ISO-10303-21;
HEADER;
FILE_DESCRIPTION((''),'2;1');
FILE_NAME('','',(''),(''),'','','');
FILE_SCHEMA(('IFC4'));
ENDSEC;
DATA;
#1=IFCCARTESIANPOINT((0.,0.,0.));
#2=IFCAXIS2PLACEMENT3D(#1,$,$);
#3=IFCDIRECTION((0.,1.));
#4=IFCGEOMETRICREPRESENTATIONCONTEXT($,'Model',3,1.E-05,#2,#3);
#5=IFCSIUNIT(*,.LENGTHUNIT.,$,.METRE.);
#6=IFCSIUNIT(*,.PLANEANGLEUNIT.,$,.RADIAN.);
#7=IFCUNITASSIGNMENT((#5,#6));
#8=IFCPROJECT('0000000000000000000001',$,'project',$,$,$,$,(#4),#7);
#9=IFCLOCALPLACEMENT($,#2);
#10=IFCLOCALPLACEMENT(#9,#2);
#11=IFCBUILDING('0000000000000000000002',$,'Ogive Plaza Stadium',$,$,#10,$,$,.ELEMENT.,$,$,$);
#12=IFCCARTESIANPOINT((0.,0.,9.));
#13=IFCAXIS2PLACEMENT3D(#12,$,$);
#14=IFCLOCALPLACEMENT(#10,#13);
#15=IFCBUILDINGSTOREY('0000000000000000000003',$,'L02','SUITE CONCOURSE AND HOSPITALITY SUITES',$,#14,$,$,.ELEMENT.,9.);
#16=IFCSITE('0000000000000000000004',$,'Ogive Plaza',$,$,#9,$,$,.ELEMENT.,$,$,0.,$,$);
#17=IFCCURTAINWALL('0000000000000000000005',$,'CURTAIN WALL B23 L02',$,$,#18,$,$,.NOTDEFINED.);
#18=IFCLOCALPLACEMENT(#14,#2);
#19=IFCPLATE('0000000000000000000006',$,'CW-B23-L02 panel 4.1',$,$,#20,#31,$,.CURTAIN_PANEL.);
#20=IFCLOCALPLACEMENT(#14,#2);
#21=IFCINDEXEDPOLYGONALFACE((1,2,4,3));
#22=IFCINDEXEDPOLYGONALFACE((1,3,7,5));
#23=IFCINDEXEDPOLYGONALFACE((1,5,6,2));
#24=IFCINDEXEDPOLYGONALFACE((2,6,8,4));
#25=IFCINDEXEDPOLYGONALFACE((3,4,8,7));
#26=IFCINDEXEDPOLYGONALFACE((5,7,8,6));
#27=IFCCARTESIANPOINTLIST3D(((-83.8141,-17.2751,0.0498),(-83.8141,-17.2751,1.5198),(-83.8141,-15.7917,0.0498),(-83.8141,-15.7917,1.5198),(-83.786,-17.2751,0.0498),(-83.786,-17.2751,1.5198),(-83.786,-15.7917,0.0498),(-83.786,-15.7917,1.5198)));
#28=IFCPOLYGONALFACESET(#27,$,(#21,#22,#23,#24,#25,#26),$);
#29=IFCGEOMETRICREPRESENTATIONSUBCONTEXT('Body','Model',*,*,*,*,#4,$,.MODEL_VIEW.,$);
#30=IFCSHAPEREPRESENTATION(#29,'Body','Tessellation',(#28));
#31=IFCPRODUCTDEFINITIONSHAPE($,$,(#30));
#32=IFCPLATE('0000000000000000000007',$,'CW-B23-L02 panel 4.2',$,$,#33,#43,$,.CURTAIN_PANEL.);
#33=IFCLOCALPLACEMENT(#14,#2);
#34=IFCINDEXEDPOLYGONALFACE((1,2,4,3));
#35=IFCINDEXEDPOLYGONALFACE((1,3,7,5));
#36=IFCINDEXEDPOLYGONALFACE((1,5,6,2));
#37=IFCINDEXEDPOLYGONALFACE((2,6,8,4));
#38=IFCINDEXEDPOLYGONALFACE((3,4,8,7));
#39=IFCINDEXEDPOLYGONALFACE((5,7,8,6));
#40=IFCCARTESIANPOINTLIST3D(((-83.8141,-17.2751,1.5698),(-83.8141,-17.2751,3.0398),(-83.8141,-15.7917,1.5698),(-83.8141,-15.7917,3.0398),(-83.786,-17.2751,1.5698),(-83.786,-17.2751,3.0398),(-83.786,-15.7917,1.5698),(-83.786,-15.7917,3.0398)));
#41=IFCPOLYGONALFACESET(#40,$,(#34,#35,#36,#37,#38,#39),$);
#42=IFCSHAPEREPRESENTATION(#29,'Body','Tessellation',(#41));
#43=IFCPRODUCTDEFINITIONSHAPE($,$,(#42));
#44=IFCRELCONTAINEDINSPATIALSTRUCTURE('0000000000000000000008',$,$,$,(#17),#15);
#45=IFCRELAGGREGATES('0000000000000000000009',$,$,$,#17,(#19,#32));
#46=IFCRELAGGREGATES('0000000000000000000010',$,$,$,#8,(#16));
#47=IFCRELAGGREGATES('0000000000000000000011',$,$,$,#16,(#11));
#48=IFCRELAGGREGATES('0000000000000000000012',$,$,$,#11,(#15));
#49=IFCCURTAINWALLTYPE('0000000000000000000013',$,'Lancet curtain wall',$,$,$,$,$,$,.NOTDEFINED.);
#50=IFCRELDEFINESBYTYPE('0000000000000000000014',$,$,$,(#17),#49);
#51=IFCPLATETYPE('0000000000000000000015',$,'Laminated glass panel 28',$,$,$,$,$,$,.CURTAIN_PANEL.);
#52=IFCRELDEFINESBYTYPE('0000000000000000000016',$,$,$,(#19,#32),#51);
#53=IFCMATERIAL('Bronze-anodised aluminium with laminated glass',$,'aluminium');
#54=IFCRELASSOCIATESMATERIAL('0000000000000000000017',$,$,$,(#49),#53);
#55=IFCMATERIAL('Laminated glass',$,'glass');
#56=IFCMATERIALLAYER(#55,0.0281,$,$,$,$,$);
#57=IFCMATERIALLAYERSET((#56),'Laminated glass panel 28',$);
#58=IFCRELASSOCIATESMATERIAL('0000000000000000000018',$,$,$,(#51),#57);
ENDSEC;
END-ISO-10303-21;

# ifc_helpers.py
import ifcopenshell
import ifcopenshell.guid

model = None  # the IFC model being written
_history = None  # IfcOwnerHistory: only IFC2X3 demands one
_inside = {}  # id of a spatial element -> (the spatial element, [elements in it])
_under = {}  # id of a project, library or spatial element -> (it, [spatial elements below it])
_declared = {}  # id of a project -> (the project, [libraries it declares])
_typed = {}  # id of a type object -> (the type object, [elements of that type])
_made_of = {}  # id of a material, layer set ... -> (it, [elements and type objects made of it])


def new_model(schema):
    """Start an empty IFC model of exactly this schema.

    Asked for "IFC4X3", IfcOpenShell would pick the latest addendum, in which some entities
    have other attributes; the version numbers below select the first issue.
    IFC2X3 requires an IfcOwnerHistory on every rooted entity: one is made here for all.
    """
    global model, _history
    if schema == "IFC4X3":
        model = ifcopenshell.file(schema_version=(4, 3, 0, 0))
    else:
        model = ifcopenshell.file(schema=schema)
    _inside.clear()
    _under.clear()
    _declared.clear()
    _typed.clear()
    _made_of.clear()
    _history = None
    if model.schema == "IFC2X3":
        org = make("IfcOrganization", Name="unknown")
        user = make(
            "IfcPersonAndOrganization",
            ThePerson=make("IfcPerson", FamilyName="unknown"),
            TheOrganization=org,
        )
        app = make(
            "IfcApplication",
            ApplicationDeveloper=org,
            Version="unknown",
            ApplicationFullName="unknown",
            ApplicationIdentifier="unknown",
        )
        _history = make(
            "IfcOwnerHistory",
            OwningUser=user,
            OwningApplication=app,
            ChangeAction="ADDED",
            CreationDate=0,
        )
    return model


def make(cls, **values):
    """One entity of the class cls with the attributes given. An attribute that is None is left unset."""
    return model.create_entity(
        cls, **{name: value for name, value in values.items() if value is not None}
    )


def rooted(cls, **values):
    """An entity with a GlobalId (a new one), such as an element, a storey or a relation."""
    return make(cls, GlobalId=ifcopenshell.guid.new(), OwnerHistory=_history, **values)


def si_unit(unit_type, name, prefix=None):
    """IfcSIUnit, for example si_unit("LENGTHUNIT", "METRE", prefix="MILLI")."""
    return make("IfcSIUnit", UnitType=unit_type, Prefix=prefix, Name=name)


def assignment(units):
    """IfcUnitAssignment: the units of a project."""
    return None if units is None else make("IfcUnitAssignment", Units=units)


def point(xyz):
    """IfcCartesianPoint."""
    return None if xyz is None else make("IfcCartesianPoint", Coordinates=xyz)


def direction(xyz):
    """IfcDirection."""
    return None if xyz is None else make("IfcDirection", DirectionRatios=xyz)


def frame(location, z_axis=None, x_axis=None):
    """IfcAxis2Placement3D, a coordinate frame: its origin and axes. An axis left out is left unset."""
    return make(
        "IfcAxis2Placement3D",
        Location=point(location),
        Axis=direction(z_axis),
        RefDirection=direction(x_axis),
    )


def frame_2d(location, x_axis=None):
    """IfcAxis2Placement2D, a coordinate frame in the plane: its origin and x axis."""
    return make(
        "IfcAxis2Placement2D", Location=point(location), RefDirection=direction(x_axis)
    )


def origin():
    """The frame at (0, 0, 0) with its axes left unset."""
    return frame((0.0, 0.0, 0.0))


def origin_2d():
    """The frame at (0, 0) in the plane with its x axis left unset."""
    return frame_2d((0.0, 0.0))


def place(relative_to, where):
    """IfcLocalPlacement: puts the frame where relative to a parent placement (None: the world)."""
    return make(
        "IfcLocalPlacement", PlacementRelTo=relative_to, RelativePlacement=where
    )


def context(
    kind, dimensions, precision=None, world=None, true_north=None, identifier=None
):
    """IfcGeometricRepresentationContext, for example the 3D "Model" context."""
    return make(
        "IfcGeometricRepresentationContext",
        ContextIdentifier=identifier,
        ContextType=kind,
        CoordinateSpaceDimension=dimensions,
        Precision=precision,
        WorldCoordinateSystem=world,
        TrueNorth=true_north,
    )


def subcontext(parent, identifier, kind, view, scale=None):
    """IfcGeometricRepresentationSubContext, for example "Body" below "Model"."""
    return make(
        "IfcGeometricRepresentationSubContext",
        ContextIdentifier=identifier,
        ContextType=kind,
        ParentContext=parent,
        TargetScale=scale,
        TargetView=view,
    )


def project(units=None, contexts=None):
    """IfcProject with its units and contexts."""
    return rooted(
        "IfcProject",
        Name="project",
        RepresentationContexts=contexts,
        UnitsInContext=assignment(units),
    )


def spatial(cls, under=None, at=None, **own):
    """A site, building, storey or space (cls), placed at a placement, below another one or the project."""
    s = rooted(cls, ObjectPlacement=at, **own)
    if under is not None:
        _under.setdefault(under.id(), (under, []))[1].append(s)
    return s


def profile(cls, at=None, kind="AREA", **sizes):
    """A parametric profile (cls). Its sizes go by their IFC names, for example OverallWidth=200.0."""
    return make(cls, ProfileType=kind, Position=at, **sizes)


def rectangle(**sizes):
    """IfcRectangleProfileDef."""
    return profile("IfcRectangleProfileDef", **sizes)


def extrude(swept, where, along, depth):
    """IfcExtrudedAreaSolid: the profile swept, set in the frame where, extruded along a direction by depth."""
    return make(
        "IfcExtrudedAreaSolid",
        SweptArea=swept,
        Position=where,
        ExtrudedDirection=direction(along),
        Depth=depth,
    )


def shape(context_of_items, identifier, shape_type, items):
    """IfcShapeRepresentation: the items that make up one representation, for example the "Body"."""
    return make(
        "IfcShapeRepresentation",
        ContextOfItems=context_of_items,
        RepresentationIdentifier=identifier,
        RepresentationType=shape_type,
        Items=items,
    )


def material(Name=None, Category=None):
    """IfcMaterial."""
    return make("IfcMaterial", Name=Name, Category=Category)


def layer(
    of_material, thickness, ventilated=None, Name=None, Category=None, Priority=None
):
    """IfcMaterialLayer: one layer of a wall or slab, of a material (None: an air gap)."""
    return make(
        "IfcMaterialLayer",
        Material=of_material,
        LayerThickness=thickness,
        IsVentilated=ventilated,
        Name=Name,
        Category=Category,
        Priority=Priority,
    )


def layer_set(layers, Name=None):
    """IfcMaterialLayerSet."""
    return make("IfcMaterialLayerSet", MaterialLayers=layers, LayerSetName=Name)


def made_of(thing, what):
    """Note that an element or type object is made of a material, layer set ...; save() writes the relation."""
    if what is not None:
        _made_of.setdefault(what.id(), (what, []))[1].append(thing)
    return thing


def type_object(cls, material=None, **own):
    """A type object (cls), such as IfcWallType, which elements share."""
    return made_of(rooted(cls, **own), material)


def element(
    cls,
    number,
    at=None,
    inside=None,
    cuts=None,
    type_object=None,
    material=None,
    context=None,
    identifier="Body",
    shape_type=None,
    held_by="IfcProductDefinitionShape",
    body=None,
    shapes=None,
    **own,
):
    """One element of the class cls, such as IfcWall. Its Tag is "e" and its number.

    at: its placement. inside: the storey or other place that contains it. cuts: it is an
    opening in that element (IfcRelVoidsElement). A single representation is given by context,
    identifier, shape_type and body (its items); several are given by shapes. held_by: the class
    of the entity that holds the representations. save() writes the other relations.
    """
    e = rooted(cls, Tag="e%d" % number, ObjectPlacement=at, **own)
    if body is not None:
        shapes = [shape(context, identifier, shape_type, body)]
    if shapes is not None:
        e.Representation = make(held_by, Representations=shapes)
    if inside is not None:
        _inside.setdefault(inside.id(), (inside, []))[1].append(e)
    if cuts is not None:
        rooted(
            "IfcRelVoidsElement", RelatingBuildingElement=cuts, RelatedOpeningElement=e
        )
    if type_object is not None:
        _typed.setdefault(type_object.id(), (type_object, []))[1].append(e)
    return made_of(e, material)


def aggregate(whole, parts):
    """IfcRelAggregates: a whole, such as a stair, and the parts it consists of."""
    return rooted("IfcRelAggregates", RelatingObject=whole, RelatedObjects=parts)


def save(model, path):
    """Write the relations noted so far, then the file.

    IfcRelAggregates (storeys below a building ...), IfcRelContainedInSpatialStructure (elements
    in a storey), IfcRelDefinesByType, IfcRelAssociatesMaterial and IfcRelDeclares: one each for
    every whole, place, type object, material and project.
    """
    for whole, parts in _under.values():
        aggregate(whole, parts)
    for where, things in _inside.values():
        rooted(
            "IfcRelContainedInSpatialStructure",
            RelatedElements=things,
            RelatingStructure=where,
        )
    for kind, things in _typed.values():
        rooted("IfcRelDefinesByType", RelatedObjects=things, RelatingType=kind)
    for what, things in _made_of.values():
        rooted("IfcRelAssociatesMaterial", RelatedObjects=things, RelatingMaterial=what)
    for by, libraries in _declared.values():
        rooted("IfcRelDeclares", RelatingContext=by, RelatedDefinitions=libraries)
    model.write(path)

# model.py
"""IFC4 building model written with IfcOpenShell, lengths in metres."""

from ifc_helpers import new_model, si_unit, direction, frame, origin, origin_2d, place, context, subcontext, project, spatial, rectangle, extrude, material, layer, layer_set, type_object, element, aggregate, save


model = new_model("IFC4")

# Units and contexts
model_context = context("Model", 3, precision=1e-05, world=origin(), true_north=direction((0.0, 1.0)))
body_context = subcontext(model_context, "Body", "Model", "MODEL_VIEW")
ifc_project = project(units=[si_unit("LENGTHUNIT", "METRE"), si_unit("PLANEANGLEUNIT", "RADIAN")], contexts=[model_context])

# Site, building, storey
site_placement = place(None, origin())
site = spatial("IfcSite", under=ifc_project, at=site_placement, Name="Ogive Plaza", CompositionType="ELEMENT", RefElevation=0.0)
building_placement = place(site_placement, origin())
building = spatial("IfcBuilding", under=site, at=building_placement, Name="Ogive Plaza Stadium", CompositionType="ELEMENT")
storey_placement = place(building_placement, frame((0.0, 0.0, 9.0)))
storey = spatial("IfcBuildingStorey", under=building, at=storey_placement, Name="L02", Description="SUITE CONCOURSE AND HOSPITALITY SUITES", CompositionType="ELEMENT", Elevation=9.0)

# Curtain wall
ifc_material_1 = material(Name="Bronze-anodised aluminium with laminated glass", Category="aluminium")
curtain_wall_type = type_object("IfcCurtainWallType", Name="Lancet curtain wall", PredefinedType="NOTDEFINED", material=ifc_material_1)
curtain_wall_placement = place(storey_placement, origin())
curtain_wall = element("IfcCurtainWall", 1, at=curtain_wall_placement, inside=storey, type_object=curtain_wall_type, Name="CURTAIN WALL B23 L02", PredefinedType="NOTDEFINED")

# Plates
ifc_material_2 = material(Name="Laminated glass", Category="glass")
ifc_layer = layer(ifc_material_2, 0.0281)
ifc_layer_set = layer_set([ifc_layer], Name="Laminated glass panel 28")
plate_type = type_object("IfcPlateType", Name="Laminated glass panel 28", PredefinedType="CURTAIN_PANEL", material=ifc_layer_set)
plate_1_placement = place(storey_placement, frame((-83.8, -16.5334, 0.0498), z_axis=(0.0, 0.0, 1.0), x_axis=(0.0, 1.0, 0.0)))
plate_1 = element("IfcPlate", 2, at=plate_1_placement, type_object=plate_type, Name="CW-B23-L02 panel 4.1", PredefinedType="CURTAIN_PANEL", context=body_context, shape_type="SweptSolid", body=[
    extrude(rectangle(XDim=1.4834, YDim=0.0281, at=origin_2d()), origin(), (0.0, 0.0, 1.0), 1.47),
])
plate_2_placement = place(storey_placement, frame((-83.8, -16.5334, 1.5698), z_axis=(0.0, 0.0, 1.0), x_axis=(0.0, 1.0, 0.0)))
plate_2 = element("IfcPlate", 3, at=plate_2_placement, type_object=plate_type, Name="CW-B23-L02 panel 4.2", PredefinedType="CURTAIN_PANEL", context=body_context, shape_type="SweptSolid", body=[
    extrude(rectangle(XDim=1.4834, YDim=0.0281, at=origin_2d()), origin(), (0.0, 0.0, 1.0), 1.47),
])
aggregate(curtain_wall, [plate_1, plate_2])

save(model, "model.ifc")
